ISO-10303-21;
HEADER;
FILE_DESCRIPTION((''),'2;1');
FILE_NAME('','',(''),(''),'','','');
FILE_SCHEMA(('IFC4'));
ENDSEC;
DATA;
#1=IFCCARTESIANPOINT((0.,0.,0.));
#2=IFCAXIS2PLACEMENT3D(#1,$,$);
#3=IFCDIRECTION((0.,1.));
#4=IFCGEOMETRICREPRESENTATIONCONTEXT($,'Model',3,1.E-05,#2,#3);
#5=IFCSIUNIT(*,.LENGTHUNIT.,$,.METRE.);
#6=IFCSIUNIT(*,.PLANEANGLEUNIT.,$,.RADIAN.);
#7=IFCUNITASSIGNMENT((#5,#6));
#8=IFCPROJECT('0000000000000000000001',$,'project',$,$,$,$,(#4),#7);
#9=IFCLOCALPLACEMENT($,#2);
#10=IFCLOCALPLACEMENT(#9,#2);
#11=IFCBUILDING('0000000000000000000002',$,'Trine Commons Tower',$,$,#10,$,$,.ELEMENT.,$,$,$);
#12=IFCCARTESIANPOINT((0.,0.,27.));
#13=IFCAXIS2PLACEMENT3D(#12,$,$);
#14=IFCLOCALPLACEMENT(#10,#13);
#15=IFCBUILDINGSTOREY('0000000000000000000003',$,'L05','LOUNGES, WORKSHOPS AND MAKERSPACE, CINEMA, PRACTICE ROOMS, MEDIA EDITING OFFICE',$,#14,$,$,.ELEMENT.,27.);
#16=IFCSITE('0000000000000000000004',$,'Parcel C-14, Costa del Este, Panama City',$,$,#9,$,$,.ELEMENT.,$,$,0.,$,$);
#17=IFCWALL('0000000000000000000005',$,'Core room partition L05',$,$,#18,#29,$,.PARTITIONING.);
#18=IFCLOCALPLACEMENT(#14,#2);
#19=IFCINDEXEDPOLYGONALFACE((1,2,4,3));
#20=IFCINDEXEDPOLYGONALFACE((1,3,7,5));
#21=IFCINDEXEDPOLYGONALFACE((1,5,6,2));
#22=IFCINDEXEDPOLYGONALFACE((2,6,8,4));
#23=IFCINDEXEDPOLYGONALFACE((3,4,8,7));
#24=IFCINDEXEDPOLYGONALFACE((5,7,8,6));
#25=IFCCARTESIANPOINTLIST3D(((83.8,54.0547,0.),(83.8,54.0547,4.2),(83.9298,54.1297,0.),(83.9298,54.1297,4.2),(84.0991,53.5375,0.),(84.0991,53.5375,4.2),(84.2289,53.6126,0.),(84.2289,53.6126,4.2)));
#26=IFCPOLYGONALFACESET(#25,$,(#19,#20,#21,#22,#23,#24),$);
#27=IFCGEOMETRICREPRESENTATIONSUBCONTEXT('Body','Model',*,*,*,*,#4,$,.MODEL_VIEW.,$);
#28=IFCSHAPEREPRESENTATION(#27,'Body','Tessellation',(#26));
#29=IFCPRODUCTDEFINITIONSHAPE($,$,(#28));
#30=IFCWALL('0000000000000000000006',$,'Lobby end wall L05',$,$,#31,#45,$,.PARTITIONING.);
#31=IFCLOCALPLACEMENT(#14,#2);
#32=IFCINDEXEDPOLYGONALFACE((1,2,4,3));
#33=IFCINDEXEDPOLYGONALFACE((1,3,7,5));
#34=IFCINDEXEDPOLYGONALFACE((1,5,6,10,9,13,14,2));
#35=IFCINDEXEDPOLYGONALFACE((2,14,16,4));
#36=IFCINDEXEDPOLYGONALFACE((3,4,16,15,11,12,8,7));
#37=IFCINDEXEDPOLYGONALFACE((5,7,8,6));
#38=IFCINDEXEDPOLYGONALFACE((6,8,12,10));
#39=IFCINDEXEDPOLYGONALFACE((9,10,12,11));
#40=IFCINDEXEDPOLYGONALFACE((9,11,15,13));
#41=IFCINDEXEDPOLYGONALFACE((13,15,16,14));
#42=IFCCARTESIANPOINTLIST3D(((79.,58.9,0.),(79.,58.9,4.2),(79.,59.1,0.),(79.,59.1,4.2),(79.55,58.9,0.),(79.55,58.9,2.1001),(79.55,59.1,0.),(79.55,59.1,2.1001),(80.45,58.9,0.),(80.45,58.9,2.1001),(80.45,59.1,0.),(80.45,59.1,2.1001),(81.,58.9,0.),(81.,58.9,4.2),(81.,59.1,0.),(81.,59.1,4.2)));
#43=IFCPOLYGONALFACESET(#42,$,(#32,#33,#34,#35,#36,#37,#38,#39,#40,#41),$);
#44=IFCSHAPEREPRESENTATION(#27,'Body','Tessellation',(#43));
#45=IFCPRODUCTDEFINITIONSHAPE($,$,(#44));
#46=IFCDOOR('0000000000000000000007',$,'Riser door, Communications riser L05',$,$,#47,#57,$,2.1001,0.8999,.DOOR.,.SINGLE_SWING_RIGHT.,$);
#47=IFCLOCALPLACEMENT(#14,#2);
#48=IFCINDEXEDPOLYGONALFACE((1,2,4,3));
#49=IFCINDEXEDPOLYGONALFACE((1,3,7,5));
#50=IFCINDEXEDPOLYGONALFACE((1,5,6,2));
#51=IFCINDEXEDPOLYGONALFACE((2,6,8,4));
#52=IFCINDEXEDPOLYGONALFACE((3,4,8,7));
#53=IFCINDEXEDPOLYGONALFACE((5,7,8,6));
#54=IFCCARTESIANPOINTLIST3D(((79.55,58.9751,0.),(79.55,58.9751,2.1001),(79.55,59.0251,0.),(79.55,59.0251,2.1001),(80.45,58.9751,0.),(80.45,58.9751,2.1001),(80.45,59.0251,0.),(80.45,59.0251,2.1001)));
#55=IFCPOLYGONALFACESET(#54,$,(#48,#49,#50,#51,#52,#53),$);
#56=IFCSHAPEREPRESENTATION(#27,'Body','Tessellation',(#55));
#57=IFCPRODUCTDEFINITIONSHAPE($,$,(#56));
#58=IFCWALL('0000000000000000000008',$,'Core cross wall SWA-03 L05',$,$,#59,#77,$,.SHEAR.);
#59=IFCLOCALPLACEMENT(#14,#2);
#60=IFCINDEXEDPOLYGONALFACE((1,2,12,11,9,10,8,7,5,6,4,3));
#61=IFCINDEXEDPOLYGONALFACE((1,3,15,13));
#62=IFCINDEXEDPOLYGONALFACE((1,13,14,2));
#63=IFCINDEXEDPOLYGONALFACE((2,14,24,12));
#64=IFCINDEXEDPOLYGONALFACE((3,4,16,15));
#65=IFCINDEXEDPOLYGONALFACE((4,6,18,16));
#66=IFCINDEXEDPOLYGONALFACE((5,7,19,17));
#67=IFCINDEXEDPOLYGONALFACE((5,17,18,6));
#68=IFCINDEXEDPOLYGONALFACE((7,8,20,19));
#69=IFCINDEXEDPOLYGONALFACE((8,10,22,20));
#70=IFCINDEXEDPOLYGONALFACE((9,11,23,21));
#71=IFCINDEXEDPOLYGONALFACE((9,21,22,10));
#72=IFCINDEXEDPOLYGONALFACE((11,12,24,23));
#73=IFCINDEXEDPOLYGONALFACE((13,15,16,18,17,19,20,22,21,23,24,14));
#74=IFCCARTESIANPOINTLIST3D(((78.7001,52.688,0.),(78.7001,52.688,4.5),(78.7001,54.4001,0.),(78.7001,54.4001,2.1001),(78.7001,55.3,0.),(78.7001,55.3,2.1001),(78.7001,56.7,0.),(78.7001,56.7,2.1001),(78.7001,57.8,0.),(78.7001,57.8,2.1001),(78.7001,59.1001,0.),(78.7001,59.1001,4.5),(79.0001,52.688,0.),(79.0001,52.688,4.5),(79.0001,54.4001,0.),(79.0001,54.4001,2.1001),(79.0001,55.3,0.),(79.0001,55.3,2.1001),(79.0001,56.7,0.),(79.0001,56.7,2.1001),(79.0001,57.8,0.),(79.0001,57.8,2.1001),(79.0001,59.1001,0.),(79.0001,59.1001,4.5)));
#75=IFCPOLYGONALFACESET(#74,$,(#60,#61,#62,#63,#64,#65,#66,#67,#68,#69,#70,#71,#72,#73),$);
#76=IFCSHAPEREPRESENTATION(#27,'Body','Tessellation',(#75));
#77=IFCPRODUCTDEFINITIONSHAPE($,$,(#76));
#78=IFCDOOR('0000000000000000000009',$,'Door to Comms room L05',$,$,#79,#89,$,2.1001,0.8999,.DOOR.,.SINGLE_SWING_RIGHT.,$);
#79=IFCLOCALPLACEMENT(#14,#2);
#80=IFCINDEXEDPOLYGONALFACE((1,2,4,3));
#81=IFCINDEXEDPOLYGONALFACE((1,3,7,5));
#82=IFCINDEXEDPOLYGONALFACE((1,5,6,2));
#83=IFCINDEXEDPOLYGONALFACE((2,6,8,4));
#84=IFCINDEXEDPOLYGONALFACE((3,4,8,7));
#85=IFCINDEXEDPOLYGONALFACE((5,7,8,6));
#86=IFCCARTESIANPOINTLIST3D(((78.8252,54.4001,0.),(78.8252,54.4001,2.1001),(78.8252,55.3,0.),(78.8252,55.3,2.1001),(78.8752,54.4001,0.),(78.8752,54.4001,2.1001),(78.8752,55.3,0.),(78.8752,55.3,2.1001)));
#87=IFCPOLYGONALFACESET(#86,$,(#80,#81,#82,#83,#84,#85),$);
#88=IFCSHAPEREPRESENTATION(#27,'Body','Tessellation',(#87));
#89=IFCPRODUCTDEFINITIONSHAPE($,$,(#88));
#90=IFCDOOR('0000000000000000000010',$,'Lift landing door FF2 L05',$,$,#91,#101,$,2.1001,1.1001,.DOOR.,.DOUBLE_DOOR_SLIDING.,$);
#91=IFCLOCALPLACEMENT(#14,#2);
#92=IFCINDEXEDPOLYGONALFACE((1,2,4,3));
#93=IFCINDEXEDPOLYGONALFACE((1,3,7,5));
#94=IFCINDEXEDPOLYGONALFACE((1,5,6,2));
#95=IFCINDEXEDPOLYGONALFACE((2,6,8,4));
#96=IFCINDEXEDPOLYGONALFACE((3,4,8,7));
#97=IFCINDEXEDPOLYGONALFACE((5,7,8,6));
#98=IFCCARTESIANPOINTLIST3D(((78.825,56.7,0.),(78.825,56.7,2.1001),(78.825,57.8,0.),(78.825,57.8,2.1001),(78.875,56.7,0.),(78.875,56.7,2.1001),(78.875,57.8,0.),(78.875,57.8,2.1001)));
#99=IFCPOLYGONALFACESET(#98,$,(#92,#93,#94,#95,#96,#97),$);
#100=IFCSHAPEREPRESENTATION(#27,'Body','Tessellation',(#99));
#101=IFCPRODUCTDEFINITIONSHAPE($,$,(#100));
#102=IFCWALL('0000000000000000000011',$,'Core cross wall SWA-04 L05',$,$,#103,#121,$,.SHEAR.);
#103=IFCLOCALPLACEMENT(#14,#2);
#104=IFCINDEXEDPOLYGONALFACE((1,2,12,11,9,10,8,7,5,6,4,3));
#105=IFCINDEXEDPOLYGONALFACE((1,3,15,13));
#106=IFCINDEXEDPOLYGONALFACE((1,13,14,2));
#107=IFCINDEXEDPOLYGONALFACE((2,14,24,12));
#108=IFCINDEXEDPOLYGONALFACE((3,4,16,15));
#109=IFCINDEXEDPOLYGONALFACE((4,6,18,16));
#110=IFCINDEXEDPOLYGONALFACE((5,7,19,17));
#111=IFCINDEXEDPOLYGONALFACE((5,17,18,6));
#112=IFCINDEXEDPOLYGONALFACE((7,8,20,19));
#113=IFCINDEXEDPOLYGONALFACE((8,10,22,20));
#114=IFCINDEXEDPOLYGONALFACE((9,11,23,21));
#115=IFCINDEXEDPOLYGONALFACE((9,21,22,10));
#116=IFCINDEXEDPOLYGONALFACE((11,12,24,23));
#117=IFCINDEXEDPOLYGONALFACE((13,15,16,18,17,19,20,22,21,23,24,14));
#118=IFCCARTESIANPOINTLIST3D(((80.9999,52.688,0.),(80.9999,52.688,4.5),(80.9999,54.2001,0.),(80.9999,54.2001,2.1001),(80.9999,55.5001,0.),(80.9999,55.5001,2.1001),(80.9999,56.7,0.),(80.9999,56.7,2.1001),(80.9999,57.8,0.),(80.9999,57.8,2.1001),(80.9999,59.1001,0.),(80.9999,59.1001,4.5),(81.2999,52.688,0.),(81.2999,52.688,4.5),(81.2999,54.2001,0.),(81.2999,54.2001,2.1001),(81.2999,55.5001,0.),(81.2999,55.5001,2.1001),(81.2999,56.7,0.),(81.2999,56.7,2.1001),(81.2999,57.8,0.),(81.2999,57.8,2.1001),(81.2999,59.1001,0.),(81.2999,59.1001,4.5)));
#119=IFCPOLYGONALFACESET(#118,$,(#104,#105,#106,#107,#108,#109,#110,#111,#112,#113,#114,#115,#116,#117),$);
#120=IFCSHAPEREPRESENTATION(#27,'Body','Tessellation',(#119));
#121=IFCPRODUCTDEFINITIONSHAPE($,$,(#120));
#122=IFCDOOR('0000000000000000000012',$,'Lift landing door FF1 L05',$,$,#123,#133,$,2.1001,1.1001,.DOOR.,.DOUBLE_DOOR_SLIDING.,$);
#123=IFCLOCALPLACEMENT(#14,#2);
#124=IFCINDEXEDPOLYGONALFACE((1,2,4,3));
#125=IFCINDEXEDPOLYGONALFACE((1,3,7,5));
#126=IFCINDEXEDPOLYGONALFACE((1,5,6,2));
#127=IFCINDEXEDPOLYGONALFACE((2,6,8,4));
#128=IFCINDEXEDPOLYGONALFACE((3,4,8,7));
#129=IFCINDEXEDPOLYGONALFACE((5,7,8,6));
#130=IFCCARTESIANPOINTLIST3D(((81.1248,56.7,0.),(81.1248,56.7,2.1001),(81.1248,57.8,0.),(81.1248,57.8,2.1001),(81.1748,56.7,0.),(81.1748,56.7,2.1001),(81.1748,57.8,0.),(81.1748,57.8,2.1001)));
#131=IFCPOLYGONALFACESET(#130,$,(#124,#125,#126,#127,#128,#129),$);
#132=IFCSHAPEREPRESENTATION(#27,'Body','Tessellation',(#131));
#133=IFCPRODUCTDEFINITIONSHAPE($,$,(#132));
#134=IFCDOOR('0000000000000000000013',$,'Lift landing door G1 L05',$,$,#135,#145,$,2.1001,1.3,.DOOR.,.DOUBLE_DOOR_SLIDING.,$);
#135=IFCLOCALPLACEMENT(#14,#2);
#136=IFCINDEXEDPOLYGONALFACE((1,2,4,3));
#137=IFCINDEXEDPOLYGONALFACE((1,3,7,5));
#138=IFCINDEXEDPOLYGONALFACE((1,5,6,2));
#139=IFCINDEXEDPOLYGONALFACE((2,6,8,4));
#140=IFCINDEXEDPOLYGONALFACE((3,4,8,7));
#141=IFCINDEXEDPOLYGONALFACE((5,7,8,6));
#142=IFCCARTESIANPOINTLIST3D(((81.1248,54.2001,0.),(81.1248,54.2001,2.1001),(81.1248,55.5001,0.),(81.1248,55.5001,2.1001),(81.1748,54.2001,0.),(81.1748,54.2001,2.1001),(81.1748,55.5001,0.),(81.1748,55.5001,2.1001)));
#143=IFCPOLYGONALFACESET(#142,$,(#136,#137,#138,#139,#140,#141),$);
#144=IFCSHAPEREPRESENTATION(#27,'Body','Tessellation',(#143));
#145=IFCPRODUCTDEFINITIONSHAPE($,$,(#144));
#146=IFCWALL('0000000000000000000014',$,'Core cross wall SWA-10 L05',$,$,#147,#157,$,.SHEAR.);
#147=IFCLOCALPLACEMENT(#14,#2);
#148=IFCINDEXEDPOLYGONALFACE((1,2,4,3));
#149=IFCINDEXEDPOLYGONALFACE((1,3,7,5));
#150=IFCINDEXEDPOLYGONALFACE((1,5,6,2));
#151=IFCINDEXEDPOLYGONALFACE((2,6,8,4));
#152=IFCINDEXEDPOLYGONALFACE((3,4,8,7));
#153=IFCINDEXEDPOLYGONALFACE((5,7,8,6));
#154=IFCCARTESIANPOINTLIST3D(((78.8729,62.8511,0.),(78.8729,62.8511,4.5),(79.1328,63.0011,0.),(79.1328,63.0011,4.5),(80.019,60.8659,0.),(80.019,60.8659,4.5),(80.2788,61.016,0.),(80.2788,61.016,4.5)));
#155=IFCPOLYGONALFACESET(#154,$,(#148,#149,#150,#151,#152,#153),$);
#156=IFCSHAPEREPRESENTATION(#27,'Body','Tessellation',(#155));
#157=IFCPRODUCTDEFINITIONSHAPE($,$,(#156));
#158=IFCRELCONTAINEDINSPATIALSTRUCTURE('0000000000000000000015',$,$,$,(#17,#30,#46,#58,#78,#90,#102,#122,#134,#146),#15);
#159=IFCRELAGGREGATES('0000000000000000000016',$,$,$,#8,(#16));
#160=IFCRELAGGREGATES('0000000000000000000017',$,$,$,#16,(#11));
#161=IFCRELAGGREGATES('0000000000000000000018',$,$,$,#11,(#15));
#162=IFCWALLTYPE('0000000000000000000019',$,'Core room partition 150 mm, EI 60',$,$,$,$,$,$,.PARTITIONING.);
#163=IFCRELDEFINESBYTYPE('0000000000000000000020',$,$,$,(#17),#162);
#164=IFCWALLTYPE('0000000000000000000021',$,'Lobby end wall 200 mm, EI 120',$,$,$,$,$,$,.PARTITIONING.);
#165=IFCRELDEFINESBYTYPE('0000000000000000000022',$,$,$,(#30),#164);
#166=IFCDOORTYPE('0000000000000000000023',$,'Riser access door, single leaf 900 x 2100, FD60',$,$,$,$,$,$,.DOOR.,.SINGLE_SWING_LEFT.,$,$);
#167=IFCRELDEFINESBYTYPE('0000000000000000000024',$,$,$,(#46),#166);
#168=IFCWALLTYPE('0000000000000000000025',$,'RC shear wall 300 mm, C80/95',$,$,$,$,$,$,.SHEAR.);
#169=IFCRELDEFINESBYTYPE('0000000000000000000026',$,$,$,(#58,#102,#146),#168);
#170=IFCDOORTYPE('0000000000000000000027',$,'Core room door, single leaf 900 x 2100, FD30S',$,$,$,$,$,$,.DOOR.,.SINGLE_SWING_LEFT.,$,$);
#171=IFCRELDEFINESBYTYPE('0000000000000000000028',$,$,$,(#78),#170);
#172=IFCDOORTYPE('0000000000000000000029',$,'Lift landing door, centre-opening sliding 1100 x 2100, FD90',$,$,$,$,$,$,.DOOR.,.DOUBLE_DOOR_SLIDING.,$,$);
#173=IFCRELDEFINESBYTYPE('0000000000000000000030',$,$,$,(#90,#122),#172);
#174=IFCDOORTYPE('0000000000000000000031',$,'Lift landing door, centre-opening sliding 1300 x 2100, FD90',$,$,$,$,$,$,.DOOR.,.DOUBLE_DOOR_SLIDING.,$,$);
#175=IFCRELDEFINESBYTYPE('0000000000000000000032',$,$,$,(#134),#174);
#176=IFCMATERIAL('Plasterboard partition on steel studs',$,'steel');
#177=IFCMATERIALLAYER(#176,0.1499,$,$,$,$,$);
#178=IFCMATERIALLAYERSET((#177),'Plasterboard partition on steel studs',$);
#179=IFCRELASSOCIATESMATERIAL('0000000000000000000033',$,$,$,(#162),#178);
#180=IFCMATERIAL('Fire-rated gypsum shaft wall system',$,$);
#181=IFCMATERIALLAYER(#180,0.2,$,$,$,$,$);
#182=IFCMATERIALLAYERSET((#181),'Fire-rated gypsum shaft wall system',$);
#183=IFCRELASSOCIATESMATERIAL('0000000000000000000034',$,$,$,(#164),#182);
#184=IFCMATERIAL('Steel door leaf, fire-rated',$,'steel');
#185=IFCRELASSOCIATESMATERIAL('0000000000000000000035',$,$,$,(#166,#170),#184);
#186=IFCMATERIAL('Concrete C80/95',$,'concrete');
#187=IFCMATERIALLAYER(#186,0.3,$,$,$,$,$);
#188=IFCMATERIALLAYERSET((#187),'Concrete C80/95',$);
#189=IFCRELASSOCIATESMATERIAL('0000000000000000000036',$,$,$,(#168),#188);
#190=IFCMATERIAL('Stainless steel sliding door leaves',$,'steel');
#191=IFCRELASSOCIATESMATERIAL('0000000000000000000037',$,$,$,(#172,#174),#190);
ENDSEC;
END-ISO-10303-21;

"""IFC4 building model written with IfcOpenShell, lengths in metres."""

from ifc_helpers import new_model, si_unit, direction, frame, frame_2d, origin, place, context, subcontext, project, spatial, rectangle, extrude, material, layer, layer_set, type_object, element, fill, save


model = new_model("IFC4")

# Units and contexts
model_context = context("Model", 3, precision=1e-05, world=origin(), true_north=direction((0.0, 1.0)))
body_context = subcontext(model_context, "Body", "Model", "MODEL_VIEW")
ifc_project = project(units=[si_unit("LENGTHUNIT", "METRE"), si_unit("PLANEANGLEUNIT", "RADIAN")], contexts=[model_context])

# Site, building, storey
site_placement = place(None, origin())
site = spatial("IfcSite", under=ifc_project, at=site_placement, Name="Parcel C-14, Costa del Este, Panama City", CompositionType="ELEMENT", RefElevation=0.0)
building_placement = place(site_placement, origin())
building = spatial("IfcBuilding", under=site, at=building_placement, Name="Trine Commons Tower", CompositionType="ELEMENT")
storey_placement = place(building_placement, frame((0.0, 0.0, 27.0)))
storey = spatial("IfcBuildingStorey", under=building, at=storey_placement, Name="L05", Description="LOUNGES, WORKSHOPS AND MAKERSPACE, CINEMA, PRACTICE ROOMS, MEDIA EDITING OFFICE", CompositionType="ELEMENT", Elevation=27.0)

# Wall
ifc_material_1 = material(Name="Plasterboard partition on steel studs", Category="steel")
ifc_layer_1 = layer(ifc_material_1, 0.1499)
ifc_layer_set_1 = layer_set([ifc_layer_1], Name="Plasterboard partition on steel studs")
wall_type_1 = type_object("IfcWallType", Name="Core room partition 150 mm, EI 60", PredefinedType="PARTITIONING", material=ifc_layer_set_1)
wall_1_placement = place(storey_placement, frame((84.1641, 53.575, 0.0), z_axis=(0.0, 0.0, 1.0), x_axis=(-0.500666, 0.865641, 0.0)))
element("IfcWall", 1, at=wall_1_placement, inside=storey, type_object=wall_type_1, Name="Core room partition L05", PredefinedType="PARTITIONING", context=body_context, shape_type="SweptSolid", body=[
    extrude(rectangle(XDim=0.5974, YDim=0.1499, at=frame_2d((0.2988, 0.0))), origin(), (0.0, 0.0, 1.0), 4.2),
])

# Wall, opening, door
ifc_material_2 = material(Name="Fire-rated gypsum shaft wall system")
ifc_layer_2 = layer(ifc_material_2, 0.2)
ifc_layer_set_2 = layer_set([ifc_layer_2], Name="Fire-rated gypsum shaft wall system")
wall_type_2 = type_object("IfcWallType", Name="Lobby end wall 200 mm, EI 120", PredefinedType="PARTITIONING", material=ifc_layer_set_2)
wall_2_placement = place(storey_placement, frame((79.0, 59.0, 0.0), z_axis=(0.0, 0.0, 1.0), x_axis=(1.0, 0.0, 0.0)))
wall_2 = element("IfcWall", 2, at=wall_2_placement, inside=storey, type_object=wall_type_2, Name="Lobby end wall L05", PredefinedType="PARTITIONING", context=body_context, shape_type="SweptSolid", body=[
    extrude(rectangle(XDim=2.0, YDim=0.2, at=frame_2d((1.0, 0.0))), origin(), (0.0, 0.0, 1.0), 4.2),
])
opening_1_placement = place(wall_2_placement, frame((0.55, 0.0, 0.0)))
opening_1 = element("IfcOpeningElement", 3, at=opening_1_placement, cuts=wall_2, PredefinedType="OPENING", context=body_context, shape_type="SweptSolid", body=[
    extrude(rectangle(XDim=0.8999, YDim=2.1001, at=frame_2d((0.45, 1.05))), frame((0.0, 0.1099, 0.0), z_axis=(0.0, -1.0, 0.0), x_axis=(1.0, 0.0, 0.0)), (0.0, 0.0, 1.0), 0.22),
])
ifc_material_3 = material(Name="Steel door leaf, fire-rated", Category="steel")
door_type_1 = type_object("IfcDoorType", Name="Riser access door, single leaf 900 x 2100, FD60", OperationType="SINGLE_SWING_LEFT", PredefinedType="DOOR", material=ifc_material_3)
door_1_placement = place(opening_1_placement, frame((0.8999, 0.0, 0.0), z_axis=(0.0, 0.0, 1.0), x_axis=(-1.0, 0.0, 0.0)))
door_1 = element("IfcDoor", 4, at=door_1_placement, inside=storey, type_object=door_type_1, Name="Riser door, Communications riser L05", OperationType="SINGLE_SWING_RIGHT", OverallHeight=2.1001, OverallWidth=0.8999, PredefinedType="DOOR", context=body_context, shape_type="SweptSolid", body=[
    extrude(rectangle(XDim=0.8999, YDim=2.1001, at=frame_2d((0.45, 1.05))), frame((0.0, 0.0249, 0.0), z_axis=(0.0, -1.0, 0.0), x_axis=(1.0, 0.0, 0.0)), (0.0, 0.0, 1.0), 0.05),
])
fill(opening_1, door_1)

# Walls, openings, doors
ifc_material_4 = material(Name="Concrete C80/95", Category="concrete")
ifc_layer_3 = layer(ifc_material_4, 0.3)
ifc_layer_set_3 = layer_set([ifc_layer_3], Name="Concrete C80/95")
wall_type_3 = type_object("IfcWallType", Name="RC shear wall 300 mm, C80/95", PredefinedType="SHEAR", material=ifc_layer_set_3)
wall_3_placement = place(storey_placement, frame((78.8501, 59.1001, 0.0), z_axis=(0.0, 0.0, 1.0), x_axis=(0.0, -1.0, 0.0)))
wall_3 = element("IfcWall", 5, at=wall_3_placement, inside=storey, type_object=wall_type_3, Name="Core cross wall SWA-03 L05", PredefinedType="SHEAR", context=body_context, shape_type="SweptSolid", body=[
    extrude(rectangle(XDim=6.4121, YDim=0.3, at=frame_2d((3.2061, 0.0))), origin(), (0.0, 0.0, 1.0), 4.5),
])
opening_2_placement = place(wall_3_placement, frame((3.8, 0.0, 0.0)))
opening_2 = element("IfcOpeningElement", 6, at=opening_2_placement, cuts=wall_3, PredefinedType="OPENING", context=body_context, shape_type="SweptSolid", body=[
    extrude(rectangle(XDim=0.8999, YDim=2.1001, at=frame_2d((0.45, 1.05))), frame((0.0, 0.1599, 0.0), z_axis=(0.0, -1.0, 0.0), x_axis=(1.0, 0.0, 0.0)), (0.0, 0.0, 1.0), 0.3201),
])
opening_3_placement = place(wall_3_placement, frame((1.3, 0.0, 0.0)))
opening_3 = element("IfcOpeningElement", 7, at=opening_3_placement, cuts=wall_3, PredefinedType="OPENING", context=body_context, shape_type="SweptSolid", body=[
    extrude(rectangle(XDim=1.1001, YDim=2.1001, at=frame_2d((0.55, 1.05))), frame((0.0, 0.1599, 0.0), z_axis=(0.0, -1.0, 0.0), x_axis=(1.0, 0.0, 0.0)), (0.0, 0.0, 1.0), 0.3201),
])
door_type_2 = type_object("IfcDoorType", Name="Core room door, single leaf 900 x 2100, FD30S", OperationType="SINGLE_SWING_LEFT", PredefinedType="DOOR", material=ifc_material_3)
door_2_placement = place(opening_2_placement, frame((0.8999, 0.0, 0.0), z_axis=(0.0, 0.0, 1.0), x_axis=(-1.0, 0.0, 0.0)))
door_2 = element("IfcDoor", 8, at=door_2_placement, inside=storey, type_object=door_type_2, Name="Door to Comms room L05", OperationType="SINGLE_SWING_RIGHT", OverallHeight=2.1001, OverallWidth=0.8999, PredefinedType="DOOR", context=body_context, shape_type="SweptSolid", body=[
    extrude(rectangle(XDim=0.8999, YDim=2.1001, at=frame_2d((0.45, 1.05))), frame((0.0, 0.0249, 0.0), z_axis=(0.0, -1.0, 0.0), x_axis=(1.0, 0.0, 0.0)), (0.0, 0.0, 1.0), 0.05),
])
fill(opening_2, door_2)
ifc_material_5 = material(Name="Stainless steel sliding door leaves", Category="steel")
door_type_3 = type_object("IfcDoorType", Name="Lift landing door, centre-opening sliding 1100 x 2100, FD90", OperationType="DOUBLE_DOOR_SLIDING", PredefinedType="DOOR", material=ifc_material_5)
door_3_placement = place(opening_3_placement, origin())
door_3 = element("IfcDoor", 9, at=door_3_placement, inside=storey, type_object=door_type_3, Name="Lift landing door FF2 L05", OperationType="DOUBLE_DOOR_SLIDING", OverallHeight=2.1001, OverallWidth=1.1001, PredefinedType="DOOR", context=body_context, shape_type="SweptSolid", body=[
    extrude(rectangle(XDim=1.1001, YDim=2.1001, at=frame_2d((0.55, 1.05))), frame((0.0, 0.0249, 0.0), z_axis=(0.0, -1.0, 0.0), x_axis=(1.0, 0.0, 0.0)), (0.0, 0.0, 1.0), 0.05),
])
fill(opening_3, door_3)
wall_4_placement = place(storey_placement, frame((81.1499, 59.1001, 0.0), z_axis=(0.0, 0.0, 1.0), x_axis=(0.0, -1.0, 0.0)))
wall_4 = element("IfcWall", 10, at=wall_4_placement, inside=storey, type_object=wall_type_3, Name="Core cross wall SWA-04 L05", PredefinedType="SHEAR", context=body_context, shape_type="SweptSolid", body=[
    extrude(rectangle(XDim=6.4121, YDim=0.3, at=frame_2d((3.2061, 0.0))), origin(), (0.0, 0.0, 1.0), 4.5),
])
opening_4_placement = place(wall_4_placement, frame((3.6001, 0.0, 0.0)))
opening_4 = element("IfcOpeningElement", 11, at=opening_4_placement, cuts=wall_4, PredefinedType="OPENING", context=body_context, shape_type="SweptSolid", body=[
    extrude(rectangle(XDim=1.3, YDim=2.1001, at=frame_2d((0.6499, 1.05))), frame((0.0, 0.1599, 0.0), z_axis=(0.0, -1.0, 0.0), x_axis=(1.0, 0.0, 0.0)), (0.0, 0.0, 1.0), 0.3201),
])
opening_5_placement = place(wall_4_placement, frame((1.3, 0.0, 0.0)))
opening_5 = element("IfcOpeningElement", 12, at=opening_5_placement, cuts=wall_4, PredefinedType="OPENING", context=body_context, shape_type="SweptSolid", body=[
    extrude(rectangle(XDim=1.1001, YDim=2.1001, at=frame_2d((0.55, 1.05))), frame((0.0, 0.1599, 0.0), z_axis=(0.0, -1.0, 0.0), x_axis=(1.0, 0.0, 0.0)), (0.0, 0.0, 1.0), 0.3201),
])
door_4_placement = place(opening_5_placement, origin())
door_4 = element("IfcDoor", 13, at=door_4_placement, inside=storey, type_object=door_type_3, Name="Lift landing door FF1 L05", OperationType="DOUBLE_DOOR_SLIDING", OverallHeight=2.1001, OverallWidth=1.1001, PredefinedType="DOOR", context=body_context, shape_type="SweptSolid", body=[
    extrude(rectangle(XDim=1.1001, YDim=2.1001, at=frame_2d((0.55, 1.05))), frame((0.0, 0.0249, 0.0), z_axis=(0.0, -1.0, 0.0), x_axis=(1.0, 0.0, 0.0)), (0.0, 0.0, 1.0), 0.05),
])
fill(opening_5, door_4)
door_type_4 = type_object("IfcDoorType", Name="Lift landing door, centre-opening sliding 1300 x 2100, FD90", OperationType="DOUBLE_DOOR_SLIDING", PredefinedType="DOOR", material=ifc_material_5)
door_5_placement = place(opening_4_placement, origin())
door_5 = element("IfcDoor", 14, at=door_5_placement, inside=storey, type_object=door_type_4, Name="Lift landing door G1 L05", OperationType="DOUBLE_DOOR_SLIDING", OverallHeight=2.1001, OverallWidth=1.3, PredefinedType="DOOR", context=body_context, shape_type="SweptSolid", body=[
    extrude(rectangle(XDim=1.3, YDim=2.1001, at=frame_2d((0.6499, 1.05))), frame((0.0, 0.0249, 0.0), z_axis=(0.0, -1.0, 0.0), x_axis=(1.0, 0.0, 0.0)), (0.0, 0.0, 1.0), 0.05),
])
fill(opening_4, door_5)

# Wall
wall_5_placement = place(storey_placement, frame((79.0029, 62.926, 0.0), z_axis=(0.0, 0.0, 1.0), x_axis=(0.499965, -0.866045, 0.0)))
element("IfcWall", 15, at=wall_5_placement, inside=storey, type_object=wall_type_3, Name="Core cross wall SWA-10 L05", PredefinedType="SHEAR", context=body_context, shape_type="SweptSolid", body=[
    extrude(rectangle(XDim=2.2922, YDim=0.3, at=frame_2d((1.146, 0.0))), origin(), (0.0, 0.0, 1.0), 4.5),
])

save(model, "model.ifc")
